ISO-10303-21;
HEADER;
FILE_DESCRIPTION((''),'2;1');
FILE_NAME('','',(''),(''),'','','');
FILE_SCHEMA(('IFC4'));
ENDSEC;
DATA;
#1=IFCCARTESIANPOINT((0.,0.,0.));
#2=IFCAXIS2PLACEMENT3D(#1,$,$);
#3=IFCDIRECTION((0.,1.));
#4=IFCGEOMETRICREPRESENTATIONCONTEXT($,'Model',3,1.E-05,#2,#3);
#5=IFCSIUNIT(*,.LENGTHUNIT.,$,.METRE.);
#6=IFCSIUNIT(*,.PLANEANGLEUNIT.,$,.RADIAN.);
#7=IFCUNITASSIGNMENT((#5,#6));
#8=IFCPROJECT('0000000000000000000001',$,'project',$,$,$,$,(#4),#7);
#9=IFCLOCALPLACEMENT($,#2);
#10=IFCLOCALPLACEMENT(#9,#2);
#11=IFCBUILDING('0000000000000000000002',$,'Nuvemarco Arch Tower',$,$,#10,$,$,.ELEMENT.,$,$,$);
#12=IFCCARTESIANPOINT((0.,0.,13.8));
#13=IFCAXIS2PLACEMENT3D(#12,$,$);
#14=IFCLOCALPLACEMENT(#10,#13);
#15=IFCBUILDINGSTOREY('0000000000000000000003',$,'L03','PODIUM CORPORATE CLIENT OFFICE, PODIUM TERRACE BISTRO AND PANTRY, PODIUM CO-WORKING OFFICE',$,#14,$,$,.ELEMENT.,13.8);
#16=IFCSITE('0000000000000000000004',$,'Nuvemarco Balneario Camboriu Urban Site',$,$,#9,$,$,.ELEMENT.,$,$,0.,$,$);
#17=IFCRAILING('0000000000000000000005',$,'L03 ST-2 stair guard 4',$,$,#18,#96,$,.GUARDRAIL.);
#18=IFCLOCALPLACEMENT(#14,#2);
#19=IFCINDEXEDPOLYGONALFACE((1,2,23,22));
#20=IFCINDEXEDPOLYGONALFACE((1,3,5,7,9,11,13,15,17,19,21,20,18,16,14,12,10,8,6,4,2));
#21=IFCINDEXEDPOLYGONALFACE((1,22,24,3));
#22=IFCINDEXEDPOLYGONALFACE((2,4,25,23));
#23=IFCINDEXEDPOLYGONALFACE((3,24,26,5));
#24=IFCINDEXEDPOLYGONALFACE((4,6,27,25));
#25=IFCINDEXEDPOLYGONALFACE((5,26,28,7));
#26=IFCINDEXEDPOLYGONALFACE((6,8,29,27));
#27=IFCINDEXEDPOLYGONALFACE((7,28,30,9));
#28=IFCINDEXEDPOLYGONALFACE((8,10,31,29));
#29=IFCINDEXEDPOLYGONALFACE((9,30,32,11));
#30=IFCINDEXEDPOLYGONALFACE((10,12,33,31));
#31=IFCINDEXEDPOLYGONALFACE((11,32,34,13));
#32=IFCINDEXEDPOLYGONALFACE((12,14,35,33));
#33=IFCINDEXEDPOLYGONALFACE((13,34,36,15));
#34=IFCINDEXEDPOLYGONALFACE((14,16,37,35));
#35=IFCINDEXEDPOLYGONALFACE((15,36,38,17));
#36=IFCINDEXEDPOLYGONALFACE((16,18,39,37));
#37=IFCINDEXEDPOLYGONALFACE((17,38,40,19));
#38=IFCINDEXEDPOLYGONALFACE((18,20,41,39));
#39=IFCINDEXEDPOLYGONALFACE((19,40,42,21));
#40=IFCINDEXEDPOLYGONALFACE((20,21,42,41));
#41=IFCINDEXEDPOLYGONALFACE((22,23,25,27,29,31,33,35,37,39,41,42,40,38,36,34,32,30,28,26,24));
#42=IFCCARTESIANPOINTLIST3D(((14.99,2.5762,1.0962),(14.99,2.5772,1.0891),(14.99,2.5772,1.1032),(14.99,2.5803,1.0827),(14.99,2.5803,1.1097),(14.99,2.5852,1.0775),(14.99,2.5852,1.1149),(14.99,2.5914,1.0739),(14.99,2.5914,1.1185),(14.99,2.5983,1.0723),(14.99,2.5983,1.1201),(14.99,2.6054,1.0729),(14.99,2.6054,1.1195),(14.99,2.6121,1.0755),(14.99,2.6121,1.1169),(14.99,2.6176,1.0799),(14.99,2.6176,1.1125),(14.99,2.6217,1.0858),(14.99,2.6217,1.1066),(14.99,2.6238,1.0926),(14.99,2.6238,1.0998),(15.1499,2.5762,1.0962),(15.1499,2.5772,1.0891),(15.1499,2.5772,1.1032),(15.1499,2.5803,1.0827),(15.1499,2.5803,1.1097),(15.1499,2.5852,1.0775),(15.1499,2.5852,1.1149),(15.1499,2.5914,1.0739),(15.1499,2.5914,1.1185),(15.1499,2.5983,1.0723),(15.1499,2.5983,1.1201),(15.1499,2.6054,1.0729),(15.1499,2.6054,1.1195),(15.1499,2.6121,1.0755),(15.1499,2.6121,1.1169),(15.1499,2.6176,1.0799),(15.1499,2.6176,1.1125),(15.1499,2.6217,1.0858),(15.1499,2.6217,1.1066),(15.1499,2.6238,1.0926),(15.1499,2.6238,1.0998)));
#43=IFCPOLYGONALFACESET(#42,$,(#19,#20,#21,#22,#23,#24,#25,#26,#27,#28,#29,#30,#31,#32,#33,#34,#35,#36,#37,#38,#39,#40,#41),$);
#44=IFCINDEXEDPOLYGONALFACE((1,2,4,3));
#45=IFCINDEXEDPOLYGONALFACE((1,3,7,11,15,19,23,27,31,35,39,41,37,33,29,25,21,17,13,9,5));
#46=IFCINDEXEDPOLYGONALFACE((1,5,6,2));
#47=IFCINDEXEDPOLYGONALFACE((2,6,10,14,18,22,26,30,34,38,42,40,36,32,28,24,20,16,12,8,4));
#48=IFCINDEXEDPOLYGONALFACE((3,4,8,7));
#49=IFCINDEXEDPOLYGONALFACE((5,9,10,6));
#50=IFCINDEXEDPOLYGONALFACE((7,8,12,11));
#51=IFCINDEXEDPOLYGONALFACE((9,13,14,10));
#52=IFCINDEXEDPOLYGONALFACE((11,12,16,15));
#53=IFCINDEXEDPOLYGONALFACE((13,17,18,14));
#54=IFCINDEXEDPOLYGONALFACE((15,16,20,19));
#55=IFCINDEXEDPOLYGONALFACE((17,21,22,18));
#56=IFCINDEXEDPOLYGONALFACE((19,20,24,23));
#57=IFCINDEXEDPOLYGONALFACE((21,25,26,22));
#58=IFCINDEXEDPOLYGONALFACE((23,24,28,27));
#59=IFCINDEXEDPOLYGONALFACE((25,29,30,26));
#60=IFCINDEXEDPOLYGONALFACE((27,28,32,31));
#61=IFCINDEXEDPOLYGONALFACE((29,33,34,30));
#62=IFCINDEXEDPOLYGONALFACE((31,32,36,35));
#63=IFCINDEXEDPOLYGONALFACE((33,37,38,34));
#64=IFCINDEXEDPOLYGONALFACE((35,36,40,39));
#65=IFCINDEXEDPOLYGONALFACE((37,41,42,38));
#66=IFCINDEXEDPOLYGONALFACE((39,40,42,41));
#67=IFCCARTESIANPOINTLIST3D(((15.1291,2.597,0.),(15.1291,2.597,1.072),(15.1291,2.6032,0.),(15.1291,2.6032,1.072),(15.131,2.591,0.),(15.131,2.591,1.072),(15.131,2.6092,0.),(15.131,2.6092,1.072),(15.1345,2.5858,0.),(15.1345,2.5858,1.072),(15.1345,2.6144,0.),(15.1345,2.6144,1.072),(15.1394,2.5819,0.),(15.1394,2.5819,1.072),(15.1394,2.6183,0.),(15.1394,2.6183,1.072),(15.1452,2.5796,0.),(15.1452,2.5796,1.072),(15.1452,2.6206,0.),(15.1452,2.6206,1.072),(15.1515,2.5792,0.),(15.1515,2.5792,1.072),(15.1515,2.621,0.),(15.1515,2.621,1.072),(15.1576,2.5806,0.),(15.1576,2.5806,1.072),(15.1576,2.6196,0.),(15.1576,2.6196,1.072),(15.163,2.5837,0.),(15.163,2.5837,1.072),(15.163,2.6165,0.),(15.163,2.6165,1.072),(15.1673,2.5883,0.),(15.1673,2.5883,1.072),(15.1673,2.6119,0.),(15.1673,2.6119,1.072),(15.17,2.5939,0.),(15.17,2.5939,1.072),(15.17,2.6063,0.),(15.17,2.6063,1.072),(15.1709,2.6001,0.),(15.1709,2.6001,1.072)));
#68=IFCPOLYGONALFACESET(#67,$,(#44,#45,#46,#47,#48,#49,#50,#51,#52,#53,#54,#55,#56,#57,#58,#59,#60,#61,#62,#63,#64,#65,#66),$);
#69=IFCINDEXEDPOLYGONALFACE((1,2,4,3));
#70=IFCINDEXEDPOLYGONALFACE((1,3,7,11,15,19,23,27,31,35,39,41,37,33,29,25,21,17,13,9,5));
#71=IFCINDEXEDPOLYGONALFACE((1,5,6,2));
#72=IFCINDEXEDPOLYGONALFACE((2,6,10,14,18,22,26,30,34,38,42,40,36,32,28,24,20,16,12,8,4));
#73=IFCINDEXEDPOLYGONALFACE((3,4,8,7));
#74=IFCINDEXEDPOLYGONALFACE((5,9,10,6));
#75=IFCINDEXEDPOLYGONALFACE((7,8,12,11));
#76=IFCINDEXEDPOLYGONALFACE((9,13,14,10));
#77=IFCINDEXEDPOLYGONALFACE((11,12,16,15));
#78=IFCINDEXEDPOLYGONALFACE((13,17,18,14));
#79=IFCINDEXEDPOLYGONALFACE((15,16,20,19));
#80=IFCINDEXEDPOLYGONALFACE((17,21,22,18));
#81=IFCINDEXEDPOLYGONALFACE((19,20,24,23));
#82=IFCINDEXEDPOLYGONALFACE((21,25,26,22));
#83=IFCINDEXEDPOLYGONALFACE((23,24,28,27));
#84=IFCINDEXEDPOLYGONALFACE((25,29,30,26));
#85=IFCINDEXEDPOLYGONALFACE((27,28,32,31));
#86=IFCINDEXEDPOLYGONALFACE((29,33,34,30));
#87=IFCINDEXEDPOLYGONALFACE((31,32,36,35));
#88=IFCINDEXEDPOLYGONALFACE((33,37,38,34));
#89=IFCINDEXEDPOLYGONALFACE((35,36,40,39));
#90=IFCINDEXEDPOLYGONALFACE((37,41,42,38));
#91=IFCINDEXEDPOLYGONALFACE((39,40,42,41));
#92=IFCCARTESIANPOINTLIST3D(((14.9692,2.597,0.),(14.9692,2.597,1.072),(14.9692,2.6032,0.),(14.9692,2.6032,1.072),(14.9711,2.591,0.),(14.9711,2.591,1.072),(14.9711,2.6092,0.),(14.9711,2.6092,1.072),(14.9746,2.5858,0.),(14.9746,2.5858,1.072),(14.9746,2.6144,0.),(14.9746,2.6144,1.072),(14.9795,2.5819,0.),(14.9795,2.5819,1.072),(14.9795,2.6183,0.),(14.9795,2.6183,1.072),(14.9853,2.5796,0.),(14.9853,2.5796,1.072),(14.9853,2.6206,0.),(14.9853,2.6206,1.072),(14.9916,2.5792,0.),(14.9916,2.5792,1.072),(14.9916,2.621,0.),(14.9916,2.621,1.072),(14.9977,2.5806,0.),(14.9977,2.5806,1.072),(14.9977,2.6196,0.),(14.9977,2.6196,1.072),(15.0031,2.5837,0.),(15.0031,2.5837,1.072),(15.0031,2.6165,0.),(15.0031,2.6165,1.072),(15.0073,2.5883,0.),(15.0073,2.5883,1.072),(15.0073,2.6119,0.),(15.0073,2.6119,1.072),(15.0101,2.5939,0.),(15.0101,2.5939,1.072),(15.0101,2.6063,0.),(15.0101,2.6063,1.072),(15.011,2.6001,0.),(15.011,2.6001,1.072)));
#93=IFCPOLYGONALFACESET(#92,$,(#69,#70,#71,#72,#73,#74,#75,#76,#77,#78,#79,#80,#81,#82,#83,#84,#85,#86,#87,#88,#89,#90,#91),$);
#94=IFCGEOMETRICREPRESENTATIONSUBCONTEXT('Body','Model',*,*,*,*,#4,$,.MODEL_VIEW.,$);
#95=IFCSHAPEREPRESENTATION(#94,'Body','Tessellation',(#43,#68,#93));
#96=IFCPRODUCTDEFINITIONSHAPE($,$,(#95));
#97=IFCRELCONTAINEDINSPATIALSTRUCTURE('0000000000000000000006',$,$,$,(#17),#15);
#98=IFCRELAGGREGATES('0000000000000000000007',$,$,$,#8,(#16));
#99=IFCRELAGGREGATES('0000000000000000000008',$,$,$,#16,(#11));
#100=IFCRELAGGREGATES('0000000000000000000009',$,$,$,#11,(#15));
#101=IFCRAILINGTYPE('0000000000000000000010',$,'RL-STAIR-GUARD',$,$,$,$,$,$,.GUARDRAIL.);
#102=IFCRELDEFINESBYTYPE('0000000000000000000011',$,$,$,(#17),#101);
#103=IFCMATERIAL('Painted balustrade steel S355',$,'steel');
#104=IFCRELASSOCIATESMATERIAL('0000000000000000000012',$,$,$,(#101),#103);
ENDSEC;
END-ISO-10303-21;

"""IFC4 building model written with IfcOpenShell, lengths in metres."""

from ifc_helpers import new_model, si_unit, direction, frame, origin, origin_2d, place, context, subcontext, project, spatial, circle, extrude, material, type_object, element, save


model = new_model("IFC4")

# Units and contexts
model_context = context("Model", 3, precision=1e-05, world=origin(), true_north=direction((0.0, 1.0)))
body_context = subcontext(model_context, "Body", "Model", "MODEL_VIEW")
ifc_project = project(units=[si_unit("LENGTHUNIT", "METRE"), si_unit("PLANEANGLEUNIT", "RADIAN")], contexts=[model_context])

# Site, building, storey
site_placement = place(None, origin())
site = spatial("IfcSite", under=ifc_project, at=site_placement, Name="Nuvemarco Balneario Camboriu Urban Site", CompositionType="ELEMENT", RefElevation=0.0)
building_placement = place(site_placement, origin())
building = spatial("IfcBuilding", under=site, at=building_placement, Name="Nuvemarco Arch Tower", CompositionType="ELEMENT")
storey_placement = place(building_placement, frame((0.0, 0.0, 13.8)))
storey = spatial("IfcBuildingStorey", under=building, at=storey_placement, Name="L03", Description="PODIUM CORPORATE CLIENT OFFICE, PODIUM TERRACE BISTRO AND PANTRY, PODIUM CO-WORKING OFFICE", CompositionType="ELEMENT", Elevation=13.8)

# Railing
ifc_material_1 = material(Name="Painted balustrade steel S355", Category="steel")
railing_type_1 = type_object("IfcRailingType", Name="RL-STAIR-GUARD", PredefinedType="GUARDRAIL", material=ifc_material_1)
railing_1_placement = place(storey_placement, frame((15.1499, 2.6001, 0.0)))
element("IfcRailing", 1, at=railing_1_placement, inside=storey, type_object=railing_type_1, Name="L03 ST-2 stair guard 4", PredefinedType="GUARDRAIL", context=body_context, shape_type="SweptSolid", body=[
    extrude(circle(Radius=0.0239, at=origin_2d()), frame((0.0, 0.0, 1.0962), z_axis=(-1.0, 0.0, 0.0), x_axis=(0.0, -1.0, 0.0)), (0.0, 0.0, 1.0), 0.1599),
    extrude(circle(Radius=0.021, at=origin_2d()), origin(), (0.0, 0.0, 1.0), 1.072),
    extrude(circle(Radius=0.021, at=origin_2d()), frame((-0.1599, 0.0, 0.0)), (0.0, 0.0, 1.0), 1.072),
])

save(model, "model.ifc")
